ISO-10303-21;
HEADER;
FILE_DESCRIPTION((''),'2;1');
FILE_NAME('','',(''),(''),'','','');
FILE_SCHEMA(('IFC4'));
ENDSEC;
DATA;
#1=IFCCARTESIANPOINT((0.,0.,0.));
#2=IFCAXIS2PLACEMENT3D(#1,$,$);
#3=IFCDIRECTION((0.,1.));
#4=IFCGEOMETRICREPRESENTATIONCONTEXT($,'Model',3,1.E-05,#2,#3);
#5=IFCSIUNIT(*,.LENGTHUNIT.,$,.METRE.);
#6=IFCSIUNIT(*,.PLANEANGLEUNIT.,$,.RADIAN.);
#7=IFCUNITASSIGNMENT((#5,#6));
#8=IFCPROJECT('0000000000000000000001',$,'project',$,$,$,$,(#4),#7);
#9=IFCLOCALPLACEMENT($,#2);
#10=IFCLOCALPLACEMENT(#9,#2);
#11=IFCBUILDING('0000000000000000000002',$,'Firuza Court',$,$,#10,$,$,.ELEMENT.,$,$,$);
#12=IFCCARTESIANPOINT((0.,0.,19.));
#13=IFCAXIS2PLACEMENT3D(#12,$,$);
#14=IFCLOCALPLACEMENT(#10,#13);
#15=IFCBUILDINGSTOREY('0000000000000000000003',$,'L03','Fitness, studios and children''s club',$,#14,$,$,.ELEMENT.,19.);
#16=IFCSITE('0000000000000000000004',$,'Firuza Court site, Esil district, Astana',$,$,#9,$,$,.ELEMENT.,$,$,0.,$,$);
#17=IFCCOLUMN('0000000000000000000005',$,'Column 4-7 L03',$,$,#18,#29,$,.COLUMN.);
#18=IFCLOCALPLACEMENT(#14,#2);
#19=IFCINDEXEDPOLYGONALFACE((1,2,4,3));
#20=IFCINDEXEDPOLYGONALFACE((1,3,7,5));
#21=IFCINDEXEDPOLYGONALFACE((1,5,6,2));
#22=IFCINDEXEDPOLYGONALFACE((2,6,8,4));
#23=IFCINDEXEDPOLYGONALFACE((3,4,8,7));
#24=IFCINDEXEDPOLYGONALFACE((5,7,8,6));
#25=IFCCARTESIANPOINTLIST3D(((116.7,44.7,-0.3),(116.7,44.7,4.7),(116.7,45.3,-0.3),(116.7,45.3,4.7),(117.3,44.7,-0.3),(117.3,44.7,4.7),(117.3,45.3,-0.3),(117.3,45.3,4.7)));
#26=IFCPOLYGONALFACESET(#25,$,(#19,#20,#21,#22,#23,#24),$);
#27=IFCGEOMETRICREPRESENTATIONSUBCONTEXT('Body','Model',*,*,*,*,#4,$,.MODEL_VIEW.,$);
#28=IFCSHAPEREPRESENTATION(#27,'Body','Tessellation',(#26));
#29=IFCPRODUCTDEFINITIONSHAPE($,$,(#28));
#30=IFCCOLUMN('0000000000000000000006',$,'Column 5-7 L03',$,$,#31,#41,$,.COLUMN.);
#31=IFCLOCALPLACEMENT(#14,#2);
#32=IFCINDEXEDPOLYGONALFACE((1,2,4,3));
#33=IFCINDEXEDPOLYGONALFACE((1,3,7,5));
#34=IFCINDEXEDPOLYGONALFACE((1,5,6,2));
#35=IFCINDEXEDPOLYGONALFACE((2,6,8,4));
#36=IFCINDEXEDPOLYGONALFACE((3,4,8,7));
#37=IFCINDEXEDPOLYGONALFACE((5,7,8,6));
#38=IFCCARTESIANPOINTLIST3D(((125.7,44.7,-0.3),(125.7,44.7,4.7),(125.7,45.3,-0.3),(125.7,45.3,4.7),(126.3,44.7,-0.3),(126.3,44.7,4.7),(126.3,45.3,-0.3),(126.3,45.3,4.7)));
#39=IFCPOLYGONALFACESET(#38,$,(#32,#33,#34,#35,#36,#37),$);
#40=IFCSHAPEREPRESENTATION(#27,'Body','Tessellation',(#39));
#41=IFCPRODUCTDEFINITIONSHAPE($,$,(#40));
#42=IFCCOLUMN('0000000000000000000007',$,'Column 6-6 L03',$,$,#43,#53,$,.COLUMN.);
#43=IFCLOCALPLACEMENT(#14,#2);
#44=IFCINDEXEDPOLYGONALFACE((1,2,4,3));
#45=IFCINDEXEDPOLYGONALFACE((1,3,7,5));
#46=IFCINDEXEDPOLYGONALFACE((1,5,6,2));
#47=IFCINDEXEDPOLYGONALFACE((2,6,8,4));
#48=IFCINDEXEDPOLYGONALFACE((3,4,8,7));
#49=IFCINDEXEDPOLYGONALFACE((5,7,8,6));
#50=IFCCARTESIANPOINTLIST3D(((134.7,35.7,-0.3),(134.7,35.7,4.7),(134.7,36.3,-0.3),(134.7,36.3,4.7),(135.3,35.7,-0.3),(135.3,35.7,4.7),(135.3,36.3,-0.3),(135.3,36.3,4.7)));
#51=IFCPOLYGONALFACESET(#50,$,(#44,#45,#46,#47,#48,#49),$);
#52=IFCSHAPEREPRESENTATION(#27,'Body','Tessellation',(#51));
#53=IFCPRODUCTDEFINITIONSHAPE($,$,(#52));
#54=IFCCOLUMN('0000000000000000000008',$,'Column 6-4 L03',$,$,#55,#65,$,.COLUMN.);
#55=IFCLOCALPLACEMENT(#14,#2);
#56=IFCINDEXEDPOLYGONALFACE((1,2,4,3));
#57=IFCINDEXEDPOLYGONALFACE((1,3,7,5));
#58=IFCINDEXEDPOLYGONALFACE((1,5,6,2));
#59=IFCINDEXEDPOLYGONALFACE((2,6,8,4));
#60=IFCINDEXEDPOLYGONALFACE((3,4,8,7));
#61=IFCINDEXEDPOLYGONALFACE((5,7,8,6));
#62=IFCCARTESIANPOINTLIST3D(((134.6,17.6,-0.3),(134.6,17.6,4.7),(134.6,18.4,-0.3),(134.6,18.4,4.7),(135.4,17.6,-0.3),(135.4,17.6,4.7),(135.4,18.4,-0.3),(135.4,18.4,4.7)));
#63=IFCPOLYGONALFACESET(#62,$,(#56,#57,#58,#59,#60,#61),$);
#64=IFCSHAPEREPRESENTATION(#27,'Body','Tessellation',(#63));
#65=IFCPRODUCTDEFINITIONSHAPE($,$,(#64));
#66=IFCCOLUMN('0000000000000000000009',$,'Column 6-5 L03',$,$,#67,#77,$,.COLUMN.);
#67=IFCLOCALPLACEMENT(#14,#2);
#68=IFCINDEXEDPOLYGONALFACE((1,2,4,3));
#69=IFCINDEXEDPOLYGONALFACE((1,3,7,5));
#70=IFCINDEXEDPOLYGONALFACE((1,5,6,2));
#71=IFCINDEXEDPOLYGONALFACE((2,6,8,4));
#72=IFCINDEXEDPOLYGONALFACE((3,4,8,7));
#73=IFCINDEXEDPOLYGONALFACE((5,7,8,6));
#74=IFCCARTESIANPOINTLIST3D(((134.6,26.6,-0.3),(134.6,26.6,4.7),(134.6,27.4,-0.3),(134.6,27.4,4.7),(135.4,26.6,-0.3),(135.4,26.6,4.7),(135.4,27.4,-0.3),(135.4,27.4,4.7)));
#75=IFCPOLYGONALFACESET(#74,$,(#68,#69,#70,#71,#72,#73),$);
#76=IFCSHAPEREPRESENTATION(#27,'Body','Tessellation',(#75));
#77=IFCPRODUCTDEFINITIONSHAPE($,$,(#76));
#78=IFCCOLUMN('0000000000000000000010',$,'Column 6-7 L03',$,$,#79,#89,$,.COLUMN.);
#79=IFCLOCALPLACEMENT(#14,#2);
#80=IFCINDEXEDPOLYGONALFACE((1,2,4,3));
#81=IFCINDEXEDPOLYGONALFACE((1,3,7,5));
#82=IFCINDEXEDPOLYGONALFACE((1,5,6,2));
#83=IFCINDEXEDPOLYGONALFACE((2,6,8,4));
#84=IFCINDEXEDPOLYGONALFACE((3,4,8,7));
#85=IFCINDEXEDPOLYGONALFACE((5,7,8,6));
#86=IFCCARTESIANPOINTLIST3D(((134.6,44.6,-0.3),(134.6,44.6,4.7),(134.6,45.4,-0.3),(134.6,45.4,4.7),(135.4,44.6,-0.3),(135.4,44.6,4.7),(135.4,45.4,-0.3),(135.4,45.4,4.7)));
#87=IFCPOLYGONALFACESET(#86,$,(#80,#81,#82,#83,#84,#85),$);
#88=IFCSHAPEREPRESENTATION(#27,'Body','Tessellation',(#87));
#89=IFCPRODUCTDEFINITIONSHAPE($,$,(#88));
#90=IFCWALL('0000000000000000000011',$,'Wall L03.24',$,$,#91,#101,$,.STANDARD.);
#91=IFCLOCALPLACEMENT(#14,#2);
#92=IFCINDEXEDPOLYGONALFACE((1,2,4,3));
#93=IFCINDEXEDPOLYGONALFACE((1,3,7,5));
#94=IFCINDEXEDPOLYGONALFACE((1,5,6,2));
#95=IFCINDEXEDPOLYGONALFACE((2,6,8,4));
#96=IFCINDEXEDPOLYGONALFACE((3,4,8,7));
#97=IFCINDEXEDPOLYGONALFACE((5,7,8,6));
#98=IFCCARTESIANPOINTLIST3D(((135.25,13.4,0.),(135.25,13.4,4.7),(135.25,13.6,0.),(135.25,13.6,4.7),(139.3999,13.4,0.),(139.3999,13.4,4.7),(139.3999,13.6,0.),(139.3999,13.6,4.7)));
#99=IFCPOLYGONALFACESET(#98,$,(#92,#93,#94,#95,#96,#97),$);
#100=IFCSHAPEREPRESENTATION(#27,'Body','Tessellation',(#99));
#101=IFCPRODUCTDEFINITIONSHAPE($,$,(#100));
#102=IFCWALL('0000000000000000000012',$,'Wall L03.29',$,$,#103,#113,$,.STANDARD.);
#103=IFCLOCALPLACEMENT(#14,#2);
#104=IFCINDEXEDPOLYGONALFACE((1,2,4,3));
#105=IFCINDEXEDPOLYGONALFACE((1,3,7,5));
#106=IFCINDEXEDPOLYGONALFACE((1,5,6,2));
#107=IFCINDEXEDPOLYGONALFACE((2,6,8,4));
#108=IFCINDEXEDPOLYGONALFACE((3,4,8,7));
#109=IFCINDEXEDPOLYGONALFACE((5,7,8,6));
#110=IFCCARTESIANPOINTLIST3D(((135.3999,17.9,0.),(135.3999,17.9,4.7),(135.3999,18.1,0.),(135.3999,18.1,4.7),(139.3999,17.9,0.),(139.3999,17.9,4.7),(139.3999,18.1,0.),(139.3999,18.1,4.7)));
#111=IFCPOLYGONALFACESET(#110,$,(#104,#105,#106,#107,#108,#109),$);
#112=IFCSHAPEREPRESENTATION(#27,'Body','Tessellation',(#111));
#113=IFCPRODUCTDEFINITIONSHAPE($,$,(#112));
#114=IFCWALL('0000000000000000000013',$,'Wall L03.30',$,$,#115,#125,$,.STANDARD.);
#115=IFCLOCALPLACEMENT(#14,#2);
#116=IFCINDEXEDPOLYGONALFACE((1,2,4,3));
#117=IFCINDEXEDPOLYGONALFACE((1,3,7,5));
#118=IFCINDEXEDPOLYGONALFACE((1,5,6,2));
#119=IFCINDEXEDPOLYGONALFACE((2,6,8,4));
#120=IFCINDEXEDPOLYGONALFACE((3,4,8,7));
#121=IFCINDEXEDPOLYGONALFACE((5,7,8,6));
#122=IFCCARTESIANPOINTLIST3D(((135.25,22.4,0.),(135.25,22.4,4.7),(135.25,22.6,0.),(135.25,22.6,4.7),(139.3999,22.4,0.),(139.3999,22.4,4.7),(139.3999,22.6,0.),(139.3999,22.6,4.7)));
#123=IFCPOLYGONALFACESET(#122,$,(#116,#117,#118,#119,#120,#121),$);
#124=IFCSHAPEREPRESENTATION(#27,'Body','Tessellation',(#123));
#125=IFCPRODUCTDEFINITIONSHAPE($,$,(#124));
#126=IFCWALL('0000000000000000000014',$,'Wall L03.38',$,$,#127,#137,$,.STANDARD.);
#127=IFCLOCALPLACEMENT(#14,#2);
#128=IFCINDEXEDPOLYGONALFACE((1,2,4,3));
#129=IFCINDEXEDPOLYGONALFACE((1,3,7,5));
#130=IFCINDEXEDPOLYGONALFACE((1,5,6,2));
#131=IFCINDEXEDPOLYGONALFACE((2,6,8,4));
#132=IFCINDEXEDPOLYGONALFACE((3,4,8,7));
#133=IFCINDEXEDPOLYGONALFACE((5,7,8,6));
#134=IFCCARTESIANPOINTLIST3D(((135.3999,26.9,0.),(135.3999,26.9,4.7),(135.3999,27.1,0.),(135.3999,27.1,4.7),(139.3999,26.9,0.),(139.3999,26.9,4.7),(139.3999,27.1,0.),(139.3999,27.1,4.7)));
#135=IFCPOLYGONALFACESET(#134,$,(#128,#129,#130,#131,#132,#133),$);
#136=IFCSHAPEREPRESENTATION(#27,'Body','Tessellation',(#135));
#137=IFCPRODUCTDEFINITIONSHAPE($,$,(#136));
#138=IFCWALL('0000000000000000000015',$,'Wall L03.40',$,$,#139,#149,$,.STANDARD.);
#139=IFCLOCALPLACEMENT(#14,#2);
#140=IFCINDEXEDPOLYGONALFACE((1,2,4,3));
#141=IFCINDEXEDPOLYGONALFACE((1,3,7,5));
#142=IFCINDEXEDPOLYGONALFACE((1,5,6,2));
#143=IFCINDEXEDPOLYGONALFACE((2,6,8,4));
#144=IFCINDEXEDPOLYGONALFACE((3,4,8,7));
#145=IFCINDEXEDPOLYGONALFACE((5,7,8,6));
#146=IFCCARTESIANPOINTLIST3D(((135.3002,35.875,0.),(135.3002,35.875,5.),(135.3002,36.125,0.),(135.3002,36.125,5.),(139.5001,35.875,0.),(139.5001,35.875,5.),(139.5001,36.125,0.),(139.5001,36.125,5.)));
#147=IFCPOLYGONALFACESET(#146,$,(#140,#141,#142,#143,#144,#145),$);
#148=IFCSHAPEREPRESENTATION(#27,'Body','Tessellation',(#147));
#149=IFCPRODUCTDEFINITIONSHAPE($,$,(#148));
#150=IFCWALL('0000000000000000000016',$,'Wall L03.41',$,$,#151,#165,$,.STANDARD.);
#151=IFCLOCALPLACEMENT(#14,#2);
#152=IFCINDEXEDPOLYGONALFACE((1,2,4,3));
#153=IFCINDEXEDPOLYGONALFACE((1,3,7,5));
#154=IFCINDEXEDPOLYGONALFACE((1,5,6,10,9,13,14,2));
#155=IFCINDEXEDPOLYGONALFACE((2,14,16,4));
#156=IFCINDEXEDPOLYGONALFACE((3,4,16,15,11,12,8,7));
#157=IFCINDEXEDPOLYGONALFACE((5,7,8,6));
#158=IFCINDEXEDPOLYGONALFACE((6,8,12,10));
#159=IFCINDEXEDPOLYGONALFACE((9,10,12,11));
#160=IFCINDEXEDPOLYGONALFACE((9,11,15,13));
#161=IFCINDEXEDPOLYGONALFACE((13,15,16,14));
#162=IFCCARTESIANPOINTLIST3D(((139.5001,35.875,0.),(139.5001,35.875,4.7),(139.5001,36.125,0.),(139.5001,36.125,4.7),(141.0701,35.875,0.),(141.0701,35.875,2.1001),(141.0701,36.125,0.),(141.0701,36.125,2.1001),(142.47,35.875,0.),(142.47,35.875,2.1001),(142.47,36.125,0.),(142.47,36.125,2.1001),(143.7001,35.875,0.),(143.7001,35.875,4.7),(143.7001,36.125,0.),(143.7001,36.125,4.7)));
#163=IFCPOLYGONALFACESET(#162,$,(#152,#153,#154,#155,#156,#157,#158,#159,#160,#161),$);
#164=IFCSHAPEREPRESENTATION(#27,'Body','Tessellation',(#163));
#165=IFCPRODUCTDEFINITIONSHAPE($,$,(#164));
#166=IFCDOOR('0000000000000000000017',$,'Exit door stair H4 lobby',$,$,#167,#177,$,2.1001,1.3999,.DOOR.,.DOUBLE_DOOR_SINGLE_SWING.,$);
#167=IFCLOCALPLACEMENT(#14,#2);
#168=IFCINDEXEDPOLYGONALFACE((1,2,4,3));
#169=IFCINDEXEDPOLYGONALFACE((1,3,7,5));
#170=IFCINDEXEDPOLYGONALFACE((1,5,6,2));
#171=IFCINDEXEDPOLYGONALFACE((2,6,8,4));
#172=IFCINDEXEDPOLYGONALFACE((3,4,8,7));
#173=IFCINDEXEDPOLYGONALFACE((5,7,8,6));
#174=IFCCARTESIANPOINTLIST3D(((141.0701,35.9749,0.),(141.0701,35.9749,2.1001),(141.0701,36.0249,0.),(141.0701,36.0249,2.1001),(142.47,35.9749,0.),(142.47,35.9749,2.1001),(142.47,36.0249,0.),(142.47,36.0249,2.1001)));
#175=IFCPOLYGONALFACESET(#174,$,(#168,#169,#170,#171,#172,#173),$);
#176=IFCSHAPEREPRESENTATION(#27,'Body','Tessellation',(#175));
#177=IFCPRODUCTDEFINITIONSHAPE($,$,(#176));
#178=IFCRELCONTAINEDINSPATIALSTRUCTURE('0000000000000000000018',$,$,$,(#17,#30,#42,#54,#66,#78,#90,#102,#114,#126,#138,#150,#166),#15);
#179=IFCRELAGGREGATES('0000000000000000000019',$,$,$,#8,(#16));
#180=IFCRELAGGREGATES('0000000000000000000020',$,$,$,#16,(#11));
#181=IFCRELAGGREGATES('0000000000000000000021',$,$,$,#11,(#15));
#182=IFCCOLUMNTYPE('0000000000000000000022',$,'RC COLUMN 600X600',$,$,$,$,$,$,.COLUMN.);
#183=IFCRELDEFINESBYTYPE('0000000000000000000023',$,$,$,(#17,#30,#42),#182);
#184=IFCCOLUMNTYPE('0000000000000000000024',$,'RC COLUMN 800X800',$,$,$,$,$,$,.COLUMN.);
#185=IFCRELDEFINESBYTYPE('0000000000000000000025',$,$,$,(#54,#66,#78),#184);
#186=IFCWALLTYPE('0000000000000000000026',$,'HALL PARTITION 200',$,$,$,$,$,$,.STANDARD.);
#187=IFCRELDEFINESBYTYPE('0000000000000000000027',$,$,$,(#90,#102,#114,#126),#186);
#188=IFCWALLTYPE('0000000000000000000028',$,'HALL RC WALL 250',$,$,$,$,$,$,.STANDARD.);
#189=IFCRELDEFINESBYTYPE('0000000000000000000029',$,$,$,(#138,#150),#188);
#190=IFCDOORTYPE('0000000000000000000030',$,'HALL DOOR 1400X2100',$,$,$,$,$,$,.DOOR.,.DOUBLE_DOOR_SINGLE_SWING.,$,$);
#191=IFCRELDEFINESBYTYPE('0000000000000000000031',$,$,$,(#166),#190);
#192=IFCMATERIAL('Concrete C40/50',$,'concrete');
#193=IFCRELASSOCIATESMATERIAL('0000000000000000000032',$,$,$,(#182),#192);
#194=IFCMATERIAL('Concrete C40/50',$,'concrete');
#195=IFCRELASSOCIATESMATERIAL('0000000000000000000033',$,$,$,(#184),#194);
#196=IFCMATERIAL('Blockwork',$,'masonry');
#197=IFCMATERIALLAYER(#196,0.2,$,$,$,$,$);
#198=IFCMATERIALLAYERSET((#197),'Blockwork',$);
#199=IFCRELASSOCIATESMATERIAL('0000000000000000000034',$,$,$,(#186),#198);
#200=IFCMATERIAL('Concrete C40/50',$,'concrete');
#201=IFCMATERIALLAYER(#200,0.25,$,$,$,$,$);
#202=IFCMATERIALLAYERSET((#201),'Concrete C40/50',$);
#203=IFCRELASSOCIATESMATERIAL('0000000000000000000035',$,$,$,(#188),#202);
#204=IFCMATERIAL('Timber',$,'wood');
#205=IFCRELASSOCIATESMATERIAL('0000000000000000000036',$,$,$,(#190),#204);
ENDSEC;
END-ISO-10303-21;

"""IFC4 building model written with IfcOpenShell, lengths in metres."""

from ifc_helpers import new_model, si_unit, direction, frame, frame_2d, origin, origin_2d, place, context, subcontext, project, spatial, rectangle, extrude, material, layer, layer_set, material_profile, profile_set, type_object, element, fill, save


model = new_model("IFC4")

# Units and contexts
model_context = context("Model", 3, precision=1e-05, world=origin(), true_north=direction((0.0, 1.0)))
body_context = subcontext(model_context, "Body", "Model", "MODEL_VIEW")
ifc_project = project(units=[si_unit("LENGTHUNIT", "METRE"), si_unit("PLANEANGLEUNIT", "RADIAN")], contexts=[model_context])

# Site, building, storey
site_placement = place(None, origin())
site = spatial("IfcSite", under=ifc_project, at=site_placement, Name="Firuza Court site, Esil district, Astana", CompositionType="ELEMENT", RefElevation=0.0)
building_placement = place(site_placement, origin())
building = spatial("IfcBuilding", under=site, at=building_placement, Name="Firuza Court", CompositionType="ELEMENT")
storey_placement = place(building_placement, frame((0.0, 0.0, 19.0)))
storey = spatial("IfcBuildingStorey", under=building, at=storey_placement, Name="L03", Description="Fitness, studios and children's club", CompositionType="ELEMENT", Elevation=19.0)

# Columns
ifc_material_1 = material(Name="Concrete C40/50", Category="concrete")
ifc_material_profile_1 = material_profile(ifc_material_1, rectangle(XDim=0.6001, YDim=0.6001, at=origin_2d()), Name="RC 600X600")
ifc_profile_set_1 = profile_set([ifc_material_profile_1], Name="Concrete C40/50")
column_type_1 = type_object("IfcColumnType", Name="RC COLUMN 600X600", PredefinedType="COLUMN", material=ifc_profile_set_1)
for number, where, z_axis, x_axis, name in (
    (1, (117.0, 45.0, -0.3), (0.0, 0.0, 1.0), (1.0, 0.0, 0.0), "Column 4-7 L03"),
    (2, (126.0, 45.0, -0.3), (0.0, 0.0, 1.0), (1.0, 0.0, 0.0), "Column 5-7 L03"),
    (3, (135.0, 36.0, -0.3), (0.0, 0.0, 1.0), (1.0, 0.0, 0.0), "Column 6-6 L03"),
):
    element("IfcColumn", number, at=place(storey_placement, frame(where, z_axis=z_axis, x_axis=x_axis)), inside=storey, type_object=column_type_1, Name=name, PredefinedType="COLUMN", context=body_context, shape_type="SweptSolid", body=[
        extrude(rectangle(XDim=0.6001, YDim=0.6001, at=origin_2d()), origin(), (0.0, 0.0, 1.0), 5.0),
    ])
ifc_material_2 = material(Name="Concrete C40/50", Category="concrete")
ifc_material_profile_2 = material_profile(ifc_material_2, rectangle(XDim=0.8, YDim=0.8, at=origin_2d()), Name="RC 800X800")
ifc_profile_set_2 = profile_set([ifc_material_profile_2], Name="Concrete C40/50")
column_type_2 = type_object("IfcColumnType", Name="RC COLUMN 800X800", PredefinedType="COLUMN", material=ifc_profile_set_2)
for number, where, z_axis, x_axis, name in (
    (4, (135.0, 18.0, -0.3), (0.0, 0.0, 1.0), (1.0, 0.0, 0.0), "Column 6-4 L03"),
    (5, (135.0, 27.0, -0.3), (0.0, 0.0, 1.0), (1.0, 0.0, 0.0), "Column 6-5 L03"),
    (6, (135.0, 45.0, -0.3), (0.0, 0.0, 1.0), (1.0, 0.0, 0.0), "Column 6-7 L03"),
):
    element("IfcColumn", number, at=place(storey_placement, frame(where, z_axis=z_axis, x_axis=x_axis)), inside=storey, type_object=column_type_2, Name=name, PredefinedType="COLUMN", context=body_context, shape_type="SweptSolid", body=[
        extrude(rectangle(XDim=0.8, YDim=0.8, at=origin_2d()), origin(), (0.0, 0.0, 1.0), 5.0),
    ])

# Walls
ifc_material_3 = material(Name="Blockwork", Category="masonry")
ifc_layer_1 = layer(ifc_material_3, 0.2)
ifc_layer_set_1 = layer_set([ifc_layer_1], Name="Blockwork")
wall_type_1 = type_object("IfcWallType", Name="HALL PARTITION 200", PredefinedType="STANDARD", material=ifc_layer_set_1)
wall_1_placement = place(storey_placement, frame((135.25, 13.5, 0.0), z_axis=(0.0, 0.0, 1.0), x_axis=(1.0, 0.0, 0.0)))
element("IfcWall", 7, at=wall_1_placement, inside=storey, type_object=wall_type_1, Name="Wall L03.24", PredefinedType="STANDARD", context=body_context, shape_type="SweptSolid", body=[
    extrude(rectangle(XDim=4.1499, YDim=0.2, at=frame_2d((2.075, 0.0))), origin(), (0.0, 0.0, 1.0), 4.7),
])
wall_2_placement = place(storey_placement, frame((135.3999, 18.0, 0.0), z_axis=(0.0, 0.0, 1.0), x_axis=(1.0, 0.0, 0.0)))
element("IfcWall", 8, at=wall_2_placement, inside=storey, type_object=wall_type_1, Name="Wall L03.29", PredefinedType="STANDARD", context=body_context, shape_type="SweptSolid", body=[
    extrude(rectangle(XDim=4.0, YDim=0.2, at=frame_2d((2.0, 0.0))), origin(), (0.0, 0.0, 1.0), 4.7),
])
wall_3_placement = place(storey_placement, frame((135.25, 22.5, 0.0), z_axis=(0.0, 0.0, 1.0), x_axis=(1.0, 0.0, 0.0)))
element("IfcWall", 9, at=wall_3_placement, inside=storey, type_object=wall_type_1, Name="Wall L03.30", PredefinedType="STANDARD", context=body_context, shape_type="SweptSolid", body=[
    extrude(rectangle(XDim=4.1499, YDim=0.2, at=frame_2d((2.075, 0.0))), origin(), (0.0, 0.0, 1.0), 4.7),
])
wall_4_placement = place(storey_placement, frame((135.3999, 27.0, 0.0), z_axis=(0.0, 0.0, 1.0), x_axis=(1.0, 0.0, 0.0)))
element("IfcWall", 10, at=wall_4_placement, inside=storey, type_object=wall_type_1, Name="Wall L03.38", PredefinedType="STANDARD", context=body_context, shape_type="SweptSolid", body=[
    extrude(rectangle(XDim=4.0, YDim=0.2, at=frame_2d((2.0, 0.0))), origin(), (0.0, 0.0, 1.0), 4.7),
])
ifc_material_4 = material(Name="Concrete C40/50", Category="concrete")
ifc_layer_2 = layer(ifc_material_4, 0.25)
ifc_layer_set_2 = layer_set([ifc_layer_2], Name="Concrete C40/50")
wall_type_2 = type_object("IfcWallType", Name="HALL RC WALL 250", PredefinedType="STANDARD", material=ifc_layer_set_2)
wall_5_placement = place(storey_placement, frame((135.3, 36.0, 0.0), z_axis=(0.0, 0.0, 1.0), x_axis=(1.0, 0.0, 0.0)))
element("IfcWall", 11, at=wall_5_placement, inside=storey, type_object=wall_type_2, Name="Wall L03.40", PredefinedType="STANDARD", context=body_context, shape_type="SweptSolid", body=[
    extrude(rectangle(XDim=4.2, YDim=0.25, at=frame_2d((2.1001, 0.0))), origin(), (0.0, 0.0, 1.0), 5.0),
])

# Wall, opening, door
wall_6_placement = place(storey_placement, frame((139.5, 36.0, 0.0), z_axis=(0.0, 0.0, 1.0), x_axis=(1.0, 0.0, 0.0)))
wall_6 = element("IfcWall", 12, at=wall_6_placement, inside=storey, type_object=wall_type_2, Name="Wall L03.41", PredefinedType="STANDARD", context=body_context, shape_type="SweptSolid", body=[
    extrude(rectangle(XDim=4.2, YDim=0.25, at=frame_2d((2.1001, 0.0))), origin(), (0.0, 0.0, 1.0), 4.7),
])
opening_1_placement = place(wall_6_placement, frame((1.5701, 0.0, 0.0)))
opening_1 = element("IfcOpeningElement", 13, at=opening_1_placement, cuts=wall_6, PredefinedType="OPENING", context=body_context, shape_type="SweptSolid", body=[
    extrude(rectangle(XDim=1.3999, YDim=2.1001, at=frame_2d((0.7, 1.05))), frame((0.0, 0.137, 0.0), z_axis=(0.0, -1.0, 0.0), x_axis=(1.0, 0.0, 0.0)), (0.0, 0.0, 1.0), 0.2739),
])
ifc_material_5 = material(Name="Timber", Category="wood")
door_type = type_object("IfcDoorType", Name="HALL DOOR 1400X2100", OperationType="DOUBLE_DOOR_SINGLE_SWING", PredefinedType="DOOR", material=ifc_material_5)
door_1_placement = place(opening_1_placement, origin())
door_1 = element("IfcDoor", 14, at=door_1_placement, inside=storey, type_object=door_type, Name="Exit door stair H4 lobby", OperationType="DOUBLE_DOOR_SINGLE_SWING", OverallHeight=2.1001, OverallWidth=1.3999, PredefinedType="DOOR", context=body_context, shape_type="SweptSolid", body=[
    extrude(rectangle(XDim=1.3999, YDim=2.1001, at=frame_2d((0.7, 1.05))), frame((0.0, 0.0249, 0.0), z_axis=(0.0, -1.0, 0.0), x_axis=(1.0, 0.0, 0.0)), (0.0, 0.0, 1.0), 0.05),
])
fill(opening_1, door_1)

save(model, "model.ifc")
